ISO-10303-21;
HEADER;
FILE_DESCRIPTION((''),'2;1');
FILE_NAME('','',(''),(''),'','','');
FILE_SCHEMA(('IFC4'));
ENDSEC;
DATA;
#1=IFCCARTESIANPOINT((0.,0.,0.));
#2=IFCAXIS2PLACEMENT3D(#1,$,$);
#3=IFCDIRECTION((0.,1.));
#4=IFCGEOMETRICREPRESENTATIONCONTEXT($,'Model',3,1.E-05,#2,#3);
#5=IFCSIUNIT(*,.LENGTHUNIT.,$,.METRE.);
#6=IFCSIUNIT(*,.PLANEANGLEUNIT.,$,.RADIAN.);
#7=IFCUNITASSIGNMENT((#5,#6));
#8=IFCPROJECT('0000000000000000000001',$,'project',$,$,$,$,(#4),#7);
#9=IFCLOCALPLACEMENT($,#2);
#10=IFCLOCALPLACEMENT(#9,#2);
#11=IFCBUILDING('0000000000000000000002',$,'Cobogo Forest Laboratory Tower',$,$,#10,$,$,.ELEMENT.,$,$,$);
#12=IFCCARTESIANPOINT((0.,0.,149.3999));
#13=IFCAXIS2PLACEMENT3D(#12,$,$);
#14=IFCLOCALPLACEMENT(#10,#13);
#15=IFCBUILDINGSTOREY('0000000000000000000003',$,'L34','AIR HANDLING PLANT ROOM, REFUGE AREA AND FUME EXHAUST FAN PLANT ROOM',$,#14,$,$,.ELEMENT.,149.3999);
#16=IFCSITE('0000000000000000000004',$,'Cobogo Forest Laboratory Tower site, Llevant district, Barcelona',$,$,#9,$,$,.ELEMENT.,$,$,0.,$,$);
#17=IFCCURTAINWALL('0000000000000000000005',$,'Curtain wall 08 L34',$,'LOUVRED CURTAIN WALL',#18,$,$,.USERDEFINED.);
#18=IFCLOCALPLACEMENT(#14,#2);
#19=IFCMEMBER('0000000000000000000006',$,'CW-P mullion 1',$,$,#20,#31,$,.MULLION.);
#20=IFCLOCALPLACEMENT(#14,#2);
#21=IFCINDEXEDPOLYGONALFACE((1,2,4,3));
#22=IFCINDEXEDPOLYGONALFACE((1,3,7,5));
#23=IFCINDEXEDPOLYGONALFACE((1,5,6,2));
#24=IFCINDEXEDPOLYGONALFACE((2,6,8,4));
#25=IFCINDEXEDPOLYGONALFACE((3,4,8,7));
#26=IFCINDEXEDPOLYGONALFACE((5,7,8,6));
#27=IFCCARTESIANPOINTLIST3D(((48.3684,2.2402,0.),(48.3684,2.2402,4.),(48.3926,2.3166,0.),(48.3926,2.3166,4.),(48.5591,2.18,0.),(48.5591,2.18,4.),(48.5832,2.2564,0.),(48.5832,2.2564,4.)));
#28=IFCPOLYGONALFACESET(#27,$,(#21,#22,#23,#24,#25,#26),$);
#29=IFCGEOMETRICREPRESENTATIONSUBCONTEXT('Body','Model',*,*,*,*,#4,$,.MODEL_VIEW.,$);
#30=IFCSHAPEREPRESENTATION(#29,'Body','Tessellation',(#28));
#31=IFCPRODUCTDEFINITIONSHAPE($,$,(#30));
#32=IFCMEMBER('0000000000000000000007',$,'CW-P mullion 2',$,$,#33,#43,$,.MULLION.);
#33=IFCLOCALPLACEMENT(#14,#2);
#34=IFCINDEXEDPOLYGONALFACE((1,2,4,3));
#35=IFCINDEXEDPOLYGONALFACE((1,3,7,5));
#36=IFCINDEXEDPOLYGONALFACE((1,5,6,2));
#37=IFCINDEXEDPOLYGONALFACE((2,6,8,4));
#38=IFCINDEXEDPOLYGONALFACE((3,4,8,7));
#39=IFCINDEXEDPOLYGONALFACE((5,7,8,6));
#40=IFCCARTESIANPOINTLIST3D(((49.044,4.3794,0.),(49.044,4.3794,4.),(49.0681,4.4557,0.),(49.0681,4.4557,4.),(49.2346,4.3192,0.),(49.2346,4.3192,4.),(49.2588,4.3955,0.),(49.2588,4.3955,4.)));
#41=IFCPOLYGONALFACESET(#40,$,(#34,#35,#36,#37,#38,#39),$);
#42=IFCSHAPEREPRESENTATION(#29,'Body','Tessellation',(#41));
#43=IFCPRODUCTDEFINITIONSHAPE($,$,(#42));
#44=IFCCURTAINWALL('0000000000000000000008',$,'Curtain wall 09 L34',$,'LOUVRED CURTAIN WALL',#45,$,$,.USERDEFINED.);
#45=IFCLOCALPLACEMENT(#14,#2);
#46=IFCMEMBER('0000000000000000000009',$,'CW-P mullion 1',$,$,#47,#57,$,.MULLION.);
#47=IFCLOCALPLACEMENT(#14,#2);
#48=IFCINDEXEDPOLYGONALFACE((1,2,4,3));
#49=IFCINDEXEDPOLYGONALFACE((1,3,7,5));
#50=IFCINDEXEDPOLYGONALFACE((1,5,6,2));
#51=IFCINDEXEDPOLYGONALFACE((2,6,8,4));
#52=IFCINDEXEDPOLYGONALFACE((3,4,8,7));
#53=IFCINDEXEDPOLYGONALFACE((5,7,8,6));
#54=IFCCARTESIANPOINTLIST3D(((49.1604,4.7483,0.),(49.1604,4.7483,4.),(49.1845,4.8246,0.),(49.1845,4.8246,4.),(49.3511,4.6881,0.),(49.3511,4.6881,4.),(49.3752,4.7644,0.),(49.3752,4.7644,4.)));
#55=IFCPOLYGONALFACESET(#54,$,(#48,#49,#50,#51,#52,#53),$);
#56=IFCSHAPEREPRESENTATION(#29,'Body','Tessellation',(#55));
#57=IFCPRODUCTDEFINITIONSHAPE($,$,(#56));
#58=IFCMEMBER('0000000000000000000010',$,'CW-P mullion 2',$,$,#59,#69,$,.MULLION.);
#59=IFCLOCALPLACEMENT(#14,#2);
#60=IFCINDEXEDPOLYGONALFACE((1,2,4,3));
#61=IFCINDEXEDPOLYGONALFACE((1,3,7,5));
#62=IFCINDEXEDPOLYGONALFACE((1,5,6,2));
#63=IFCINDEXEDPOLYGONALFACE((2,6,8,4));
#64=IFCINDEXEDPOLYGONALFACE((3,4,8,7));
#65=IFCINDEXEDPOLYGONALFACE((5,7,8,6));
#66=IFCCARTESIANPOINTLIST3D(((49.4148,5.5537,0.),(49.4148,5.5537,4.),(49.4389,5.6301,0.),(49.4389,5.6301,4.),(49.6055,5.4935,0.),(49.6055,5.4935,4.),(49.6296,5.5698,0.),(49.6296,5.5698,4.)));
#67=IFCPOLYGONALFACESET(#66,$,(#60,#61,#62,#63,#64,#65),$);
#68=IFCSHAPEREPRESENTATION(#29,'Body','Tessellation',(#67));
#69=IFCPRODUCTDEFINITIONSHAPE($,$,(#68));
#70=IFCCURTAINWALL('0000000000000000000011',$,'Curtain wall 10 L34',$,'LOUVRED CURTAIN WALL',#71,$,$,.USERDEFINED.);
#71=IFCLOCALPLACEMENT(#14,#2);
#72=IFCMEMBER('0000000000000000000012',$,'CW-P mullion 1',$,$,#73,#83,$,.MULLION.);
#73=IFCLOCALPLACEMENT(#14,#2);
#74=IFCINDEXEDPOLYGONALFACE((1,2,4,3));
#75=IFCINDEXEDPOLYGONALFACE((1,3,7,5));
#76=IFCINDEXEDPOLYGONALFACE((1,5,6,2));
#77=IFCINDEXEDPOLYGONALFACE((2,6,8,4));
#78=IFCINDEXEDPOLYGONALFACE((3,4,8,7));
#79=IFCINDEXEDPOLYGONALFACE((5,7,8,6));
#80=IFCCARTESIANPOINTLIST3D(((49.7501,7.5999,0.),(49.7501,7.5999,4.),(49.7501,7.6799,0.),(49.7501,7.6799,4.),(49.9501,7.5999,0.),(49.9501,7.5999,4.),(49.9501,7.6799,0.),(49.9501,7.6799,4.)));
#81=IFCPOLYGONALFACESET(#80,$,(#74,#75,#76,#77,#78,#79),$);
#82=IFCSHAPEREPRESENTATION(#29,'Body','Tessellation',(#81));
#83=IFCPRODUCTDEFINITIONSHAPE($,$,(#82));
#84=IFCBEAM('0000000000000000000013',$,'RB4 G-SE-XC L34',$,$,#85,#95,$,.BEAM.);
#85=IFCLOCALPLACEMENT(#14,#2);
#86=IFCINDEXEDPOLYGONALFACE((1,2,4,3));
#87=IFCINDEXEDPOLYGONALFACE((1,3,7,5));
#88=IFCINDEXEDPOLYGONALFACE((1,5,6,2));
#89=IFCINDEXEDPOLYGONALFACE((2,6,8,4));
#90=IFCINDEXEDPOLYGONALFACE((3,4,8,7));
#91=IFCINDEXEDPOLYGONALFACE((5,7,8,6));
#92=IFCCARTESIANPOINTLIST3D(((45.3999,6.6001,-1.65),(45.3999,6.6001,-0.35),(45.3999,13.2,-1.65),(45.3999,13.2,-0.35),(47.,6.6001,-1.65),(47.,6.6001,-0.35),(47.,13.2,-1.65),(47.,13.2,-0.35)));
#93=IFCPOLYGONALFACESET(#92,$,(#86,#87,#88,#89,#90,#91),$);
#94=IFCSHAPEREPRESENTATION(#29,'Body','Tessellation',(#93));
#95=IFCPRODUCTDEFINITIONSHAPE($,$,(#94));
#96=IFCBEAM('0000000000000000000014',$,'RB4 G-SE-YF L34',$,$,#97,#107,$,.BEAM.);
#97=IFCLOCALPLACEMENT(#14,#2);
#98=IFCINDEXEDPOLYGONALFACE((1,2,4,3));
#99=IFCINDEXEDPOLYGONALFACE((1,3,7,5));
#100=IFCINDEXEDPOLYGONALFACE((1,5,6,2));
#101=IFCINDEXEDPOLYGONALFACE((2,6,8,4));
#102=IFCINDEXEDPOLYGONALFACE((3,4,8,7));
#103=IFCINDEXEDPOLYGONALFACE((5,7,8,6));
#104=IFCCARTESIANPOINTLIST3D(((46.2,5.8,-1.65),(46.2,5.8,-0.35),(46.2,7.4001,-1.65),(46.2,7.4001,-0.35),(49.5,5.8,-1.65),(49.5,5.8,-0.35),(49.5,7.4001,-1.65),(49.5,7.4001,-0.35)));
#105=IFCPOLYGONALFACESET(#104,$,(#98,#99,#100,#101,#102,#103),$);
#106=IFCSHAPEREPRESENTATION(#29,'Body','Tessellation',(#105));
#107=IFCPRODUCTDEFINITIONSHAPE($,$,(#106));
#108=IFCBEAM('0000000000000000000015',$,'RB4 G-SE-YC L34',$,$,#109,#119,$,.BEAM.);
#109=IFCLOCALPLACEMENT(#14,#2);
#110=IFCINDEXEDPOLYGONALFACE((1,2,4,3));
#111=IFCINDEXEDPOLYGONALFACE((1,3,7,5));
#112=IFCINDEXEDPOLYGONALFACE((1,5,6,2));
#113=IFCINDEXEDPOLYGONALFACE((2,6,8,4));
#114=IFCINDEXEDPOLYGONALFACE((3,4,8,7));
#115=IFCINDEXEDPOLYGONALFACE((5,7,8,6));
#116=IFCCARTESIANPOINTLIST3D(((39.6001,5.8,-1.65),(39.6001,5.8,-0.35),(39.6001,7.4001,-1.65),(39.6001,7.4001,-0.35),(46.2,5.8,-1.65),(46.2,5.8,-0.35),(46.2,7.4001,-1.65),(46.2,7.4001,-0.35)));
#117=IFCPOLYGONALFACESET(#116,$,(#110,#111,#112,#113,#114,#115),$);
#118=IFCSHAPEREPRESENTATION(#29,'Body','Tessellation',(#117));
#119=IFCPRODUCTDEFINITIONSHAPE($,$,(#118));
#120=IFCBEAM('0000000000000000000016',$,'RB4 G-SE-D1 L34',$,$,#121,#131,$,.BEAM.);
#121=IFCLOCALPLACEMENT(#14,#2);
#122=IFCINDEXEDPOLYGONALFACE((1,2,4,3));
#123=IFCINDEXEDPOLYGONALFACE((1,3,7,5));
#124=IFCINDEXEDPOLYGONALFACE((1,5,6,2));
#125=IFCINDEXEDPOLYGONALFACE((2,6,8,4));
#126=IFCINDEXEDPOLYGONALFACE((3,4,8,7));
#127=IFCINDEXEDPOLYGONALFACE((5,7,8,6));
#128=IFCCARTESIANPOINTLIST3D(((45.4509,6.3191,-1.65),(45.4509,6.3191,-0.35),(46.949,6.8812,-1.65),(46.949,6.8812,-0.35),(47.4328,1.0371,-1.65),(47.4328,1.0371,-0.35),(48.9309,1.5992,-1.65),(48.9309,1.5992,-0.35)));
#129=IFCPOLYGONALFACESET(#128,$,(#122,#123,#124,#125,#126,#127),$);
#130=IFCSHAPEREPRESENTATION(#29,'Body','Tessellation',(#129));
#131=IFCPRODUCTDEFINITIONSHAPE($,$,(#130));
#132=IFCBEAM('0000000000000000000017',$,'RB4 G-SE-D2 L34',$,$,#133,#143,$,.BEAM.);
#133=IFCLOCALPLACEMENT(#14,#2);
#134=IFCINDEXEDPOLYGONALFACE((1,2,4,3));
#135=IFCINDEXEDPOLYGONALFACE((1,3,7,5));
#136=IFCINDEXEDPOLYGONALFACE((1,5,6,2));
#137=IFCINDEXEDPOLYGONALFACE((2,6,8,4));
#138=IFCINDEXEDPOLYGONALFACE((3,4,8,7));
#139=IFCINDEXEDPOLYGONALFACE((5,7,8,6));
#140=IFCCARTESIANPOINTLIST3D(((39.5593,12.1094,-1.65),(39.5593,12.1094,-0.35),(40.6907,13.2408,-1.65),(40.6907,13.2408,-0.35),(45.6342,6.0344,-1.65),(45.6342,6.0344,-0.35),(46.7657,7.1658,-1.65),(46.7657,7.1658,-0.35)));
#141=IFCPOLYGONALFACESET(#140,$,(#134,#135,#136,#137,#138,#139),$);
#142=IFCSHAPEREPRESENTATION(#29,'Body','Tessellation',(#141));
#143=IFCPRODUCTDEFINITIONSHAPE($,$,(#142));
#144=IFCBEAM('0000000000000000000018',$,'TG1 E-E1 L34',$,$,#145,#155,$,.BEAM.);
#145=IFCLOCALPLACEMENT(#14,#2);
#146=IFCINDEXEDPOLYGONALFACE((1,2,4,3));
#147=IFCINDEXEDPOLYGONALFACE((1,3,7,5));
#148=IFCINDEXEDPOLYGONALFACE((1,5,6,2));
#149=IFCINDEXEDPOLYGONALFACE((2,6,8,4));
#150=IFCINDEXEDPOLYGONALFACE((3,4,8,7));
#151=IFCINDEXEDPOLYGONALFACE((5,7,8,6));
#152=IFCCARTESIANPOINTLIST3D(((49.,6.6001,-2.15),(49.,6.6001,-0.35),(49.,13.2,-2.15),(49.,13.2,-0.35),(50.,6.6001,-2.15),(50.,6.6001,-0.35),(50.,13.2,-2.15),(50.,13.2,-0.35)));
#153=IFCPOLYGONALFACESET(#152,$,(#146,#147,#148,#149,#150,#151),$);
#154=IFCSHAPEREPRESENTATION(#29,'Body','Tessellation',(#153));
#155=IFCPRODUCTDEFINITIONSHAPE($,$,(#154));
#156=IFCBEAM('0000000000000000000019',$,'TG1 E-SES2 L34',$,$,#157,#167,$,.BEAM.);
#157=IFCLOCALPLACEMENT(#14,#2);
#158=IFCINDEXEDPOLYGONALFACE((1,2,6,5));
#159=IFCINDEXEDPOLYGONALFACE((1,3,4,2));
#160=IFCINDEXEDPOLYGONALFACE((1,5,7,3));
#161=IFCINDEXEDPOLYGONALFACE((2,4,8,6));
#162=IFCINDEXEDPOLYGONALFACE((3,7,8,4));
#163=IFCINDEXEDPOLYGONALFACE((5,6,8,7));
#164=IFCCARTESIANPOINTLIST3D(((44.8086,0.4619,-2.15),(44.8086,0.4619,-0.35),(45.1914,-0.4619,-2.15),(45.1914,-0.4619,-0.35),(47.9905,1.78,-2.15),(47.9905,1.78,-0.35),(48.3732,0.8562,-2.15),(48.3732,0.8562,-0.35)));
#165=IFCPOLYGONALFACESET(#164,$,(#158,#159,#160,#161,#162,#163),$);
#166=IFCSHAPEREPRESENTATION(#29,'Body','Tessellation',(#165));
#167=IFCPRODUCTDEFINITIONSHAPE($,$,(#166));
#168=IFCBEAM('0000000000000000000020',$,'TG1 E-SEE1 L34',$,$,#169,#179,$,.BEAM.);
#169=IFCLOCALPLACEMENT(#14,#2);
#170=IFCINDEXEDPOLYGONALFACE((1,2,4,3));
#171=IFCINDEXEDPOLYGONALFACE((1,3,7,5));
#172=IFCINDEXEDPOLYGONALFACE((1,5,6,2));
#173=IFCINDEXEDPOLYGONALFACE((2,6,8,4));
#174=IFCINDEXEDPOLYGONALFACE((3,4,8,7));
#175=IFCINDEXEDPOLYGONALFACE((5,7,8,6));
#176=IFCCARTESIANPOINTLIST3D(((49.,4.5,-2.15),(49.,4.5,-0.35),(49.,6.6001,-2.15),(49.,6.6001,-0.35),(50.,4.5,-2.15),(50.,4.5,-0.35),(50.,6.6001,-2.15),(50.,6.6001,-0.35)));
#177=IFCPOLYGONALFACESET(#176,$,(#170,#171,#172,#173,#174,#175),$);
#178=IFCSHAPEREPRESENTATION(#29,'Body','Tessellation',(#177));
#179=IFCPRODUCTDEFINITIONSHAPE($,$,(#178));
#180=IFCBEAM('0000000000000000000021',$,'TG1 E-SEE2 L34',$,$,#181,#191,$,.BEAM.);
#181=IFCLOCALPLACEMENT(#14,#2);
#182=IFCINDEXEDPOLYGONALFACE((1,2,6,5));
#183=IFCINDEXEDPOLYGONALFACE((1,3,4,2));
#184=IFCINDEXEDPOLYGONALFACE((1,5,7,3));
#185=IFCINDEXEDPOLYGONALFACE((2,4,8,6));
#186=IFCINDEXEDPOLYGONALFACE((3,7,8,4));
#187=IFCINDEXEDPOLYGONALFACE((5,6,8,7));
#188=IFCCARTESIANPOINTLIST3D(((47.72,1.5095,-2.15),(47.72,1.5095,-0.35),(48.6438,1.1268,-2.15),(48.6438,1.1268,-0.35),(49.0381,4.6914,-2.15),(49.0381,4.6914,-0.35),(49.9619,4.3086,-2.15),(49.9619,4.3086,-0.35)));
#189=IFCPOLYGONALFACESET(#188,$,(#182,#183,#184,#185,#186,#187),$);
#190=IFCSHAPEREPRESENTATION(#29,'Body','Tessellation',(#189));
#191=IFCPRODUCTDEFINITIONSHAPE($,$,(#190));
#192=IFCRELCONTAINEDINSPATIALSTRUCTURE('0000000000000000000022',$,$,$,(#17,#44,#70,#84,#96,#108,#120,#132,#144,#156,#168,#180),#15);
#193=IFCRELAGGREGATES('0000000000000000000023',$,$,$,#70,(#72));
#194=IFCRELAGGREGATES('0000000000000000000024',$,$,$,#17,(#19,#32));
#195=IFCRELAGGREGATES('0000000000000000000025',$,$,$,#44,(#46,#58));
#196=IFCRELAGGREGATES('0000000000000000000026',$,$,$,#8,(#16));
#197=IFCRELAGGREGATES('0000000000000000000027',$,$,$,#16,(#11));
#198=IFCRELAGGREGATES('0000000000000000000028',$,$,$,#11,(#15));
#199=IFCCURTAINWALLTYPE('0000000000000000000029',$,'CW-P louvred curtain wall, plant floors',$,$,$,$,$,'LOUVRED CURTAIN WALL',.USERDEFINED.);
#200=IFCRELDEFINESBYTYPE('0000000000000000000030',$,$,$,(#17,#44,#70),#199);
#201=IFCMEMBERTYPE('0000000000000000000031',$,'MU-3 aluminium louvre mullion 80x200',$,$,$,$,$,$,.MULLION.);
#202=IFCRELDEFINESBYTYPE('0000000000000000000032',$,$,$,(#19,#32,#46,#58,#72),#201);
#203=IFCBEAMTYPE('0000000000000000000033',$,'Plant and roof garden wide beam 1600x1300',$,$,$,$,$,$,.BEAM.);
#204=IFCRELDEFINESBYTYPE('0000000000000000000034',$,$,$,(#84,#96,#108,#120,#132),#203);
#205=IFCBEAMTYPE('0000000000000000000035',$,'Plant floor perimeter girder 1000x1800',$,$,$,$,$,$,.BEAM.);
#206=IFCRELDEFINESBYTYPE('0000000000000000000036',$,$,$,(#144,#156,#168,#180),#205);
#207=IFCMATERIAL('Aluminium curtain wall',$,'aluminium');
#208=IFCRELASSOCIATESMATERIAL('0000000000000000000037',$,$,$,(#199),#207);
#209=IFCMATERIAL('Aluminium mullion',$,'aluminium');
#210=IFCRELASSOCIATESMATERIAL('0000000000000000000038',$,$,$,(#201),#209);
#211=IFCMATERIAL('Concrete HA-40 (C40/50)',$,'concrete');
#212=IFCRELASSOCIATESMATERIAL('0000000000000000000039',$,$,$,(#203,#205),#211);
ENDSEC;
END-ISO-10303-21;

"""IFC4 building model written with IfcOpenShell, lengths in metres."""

from ifc_helpers import new_model, si_unit, direction, frame, origin, origin_2d, place, context, subcontext, project, spatial, rectangle, extrude, material, material_profile, profile_set, type_object, element, aggregate, save


model = new_model("IFC4")

# Units and contexts
model_context = context("Model", 3, precision=1e-05, world=origin(), true_north=direction((0.0, 1.0)))
body_context = subcontext(model_context, "Body", "Model", "MODEL_VIEW")
ifc_project = project(units=[si_unit("LENGTHUNIT", "METRE"), si_unit("PLANEANGLEUNIT", "RADIAN")], contexts=[model_context])

# Site, building, storey
site_placement = place(None, origin())
site = spatial("IfcSite", under=ifc_project, at=site_placement, Name="Cobogo Forest Laboratory Tower site, Llevant district, Barcelona", CompositionType="ELEMENT", RefElevation=0.0)
building_placement = place(site_placement, origin())
building = spatial("IfcBuilding", under=site, at=building_placement, Name="Cobogo Forest Laboratory Tower", CompositionType="ELEMENT")
storey_placement = place(building_placement, frame((0.0, 0.0, 149.3999)))
storey = spatial("IfcBuildingStorey", under=building, at=storey_placement, Name="L34", Description="AIR HANDLING PLANT ROOM, REFUGE AREA AND FUME EXHAUST FAN PLANT ROOM", CompositionType="ELEMENT", Elevation=149.3999)

# Curtain walls, members
ifc_material_1 = material(Name="Aluminium curtain wall", Category="aluminium")
curtain_wall_type = type_object("IfcCurtainWallType", Name="CW-P louvred curtain wall, plant floors", ElementType="LOUVRED CURTAIN WALL", PredefinedType="USERDEFINED", material=ifc_material_1)
ifc_material_2 = material(Name="Aluminium mullion", Category="aluminium")
ifc_material_profile_1 = material_profile(ifc_material_2, rectangle(XDim=0.0801, YDim=0.2, at=origin_2d()), Name="AL 80x200")
ifc_profile_set_1 = profile_set([ifc_material_profile_1], Name="Aluminium mullion")
member_type_1 = type_object("IfcMemberType", Name="MU-3 aluminium louvre mullion 80x200", PredefinedType="MULLION", material=ifc_profile_set_1)
curtain_wall_1_placement = place(storey_placement, origin())
curtain_wall_1 = element("IfcCurtainWall", 1, at=curtain_wall_1_placement, inside=storey, type_object=curtain_wall_type, Name="Curtain wall 08 L34", ObjectType="LOUVRED CURTAIN WALL", PredefinedType="USERDEFINED")
member_1_placement = place(storey_placement, frame((48.4758, 2.2483, 0.0), z_axis=(0.0, 0.0, 1.0), x_axis=(0.301135, 0.953581, 0.0)))
member_1 = element("IfcMember", 2, at=member_1_placement, type_object=member_type_1, Name="CW-P mullion 1", PredefinedType="MULLION", context=body_context, shape_type="SweptSolid", body=[
    extrude(rectangle(XDim=0.0801, YDim=0.2, at=origin_2d()), origin(), (0.0, 0.0, 1.0), 4.0),
])
member_2_placement = place(storey_placement, frame((49.1514, 4.3875, 0.0), z_axis=(0.0, 0.0, 1.0), x_axis=(0.301135, 0.953581, 0.0)))
member_2 = element("IfcMember", 3, at=member_2_placement, type_object=member_type_1, Name="CW-P mullion 2", PredefinedType="MULLION", context=body_context, shape_type="SweptSolid", body=[
    extrude(rectangle(XDim=0.0801, YDim=0.2, at=origin_2d()), origin(), (0.0, 0.0, 1.0), 4.0),
])
curtain_wall_2_placement = place(storey_placement, origin())
curtain_wall_2 = element("IfcCurtainWall", 4, at=curtain_wall_2_placement, inside=storey, type_object=curtain_wall_type, Name="Curtain wall 09 L34", ObjectType="LOUVRED CURTAIN WALL", PredefinedType="USERDEFINED")
member_3_placement = place(storey_placement, frame((49.2678, 4.7563, 0.0), z_axis=(0.0, 0.0, 1.0), x_axis=(0.301135, 0.953581, 0.0)))
member_3 = element("IfcMember", 5, at=member_3_placement, type_object=member_type_1, Name="CW-P mullion 1", PredefinedType="MULLION", context=body_context, shape_type="SweptSolid", body=[
    extrude(rectangle(XDim=0.0801, YDim=0.2, at=origin_2d()), origin(), (0.0, 0.0, 1.0), 4.0),
])
member_4_placement = place(storey_placement, frame((49.5222, 5.5618, 0.0), z_axis=(0.0, 0.0, 1.0), x_axis=(0.301135, 0.953581, 0.0)))
member_4 = element("IfcMember", 6, at=member_4_placement, type_object=member_type_1, Name="CW-P mullion 2", PredefinedType="MULLION", context=body_context, shape_type="SweptSolid", body=[
    extrude(rectangle(XDim=0.0801, YDim=0.2, at=origin_2d()), origin(), (0.0, 0.0, 1.0), 4.0),
])

# Curtain wall, member
curtain_wall_3_placement = place(storey_placement, origin())
curtain_wall_3 = element("IfcCurtainWall", 7, at=curtain_wall_3_placement, inside=storey, type_object=curtain_wall_type, Name="Curtain wall 10 L34", ObjectType="LOUVRED CURTAIN WALL", PredefinedType="USERDEFINED")
member_5_placement = place(storey_placement, frame((49.8501, 7.6399, 0.0), z_axis=(0.0, 0.0, 1.0), x_axis=(0.0, 1.0, 0.0)))
member_5 = element("IfcMember", 8, at=member_5_placement, type_object=member_type_1, Name="CW-P mullion 1", PredefinedType="MULLION", context=body_context, shape_type="SweptSolid", body=[
    extrude(rectangle(XDim=0.0801, YDim=0.2, at=origin_2d()), origin(), (0.0, 0.0, 1.0), 4.0),
])
aggregate(curtain_wall_3, [member_5])

# Beams
ifc_material_3 = material(Name="Concrete HA-40 (C40/50)", Category="concrete")
ifc_material_profile_2 = material_profile(ifc_material_3, rectangle(XDim=1.6001, YDim=1.3, at=origin_2d()), Name="RC 1600x1300")
ifc_profile_set_2 = profile_set([ifc_material_profile_2], Name="Concrete HA-40 (C40/50)")
beam_type_1 = type_object("IfcBeamType", Name="Plant and roof garden wide beam 1600x1300", PredefinedType="BEAM", material=ifc_profile_set_2)
beam_1_placement = place(storey_placement, frame((46.2, 6.6001, -1.0), z_axis=(0.0, 1.0, 0.0), x_axis=(-1.0, 0.0, 0.0)))
element("IfcBeam", 9, at=beam_1_placement, inside=storey, type_object=beam_type_1, Name="RB4 G-SE-XC L34", PredefinedType="BEAM", context=body_context, shape_type="SweptSolid", body=[
    extrude(rectangle(XDim=1.6001, YDim=1.3, at=origin_2d()), origin(), (0.0, 0.0, 1.0), 6.5999),
])
beam_2_placement = place(storey_placement, frame((49.5, 6.6001, -1.0), z_axis=(-1.0, 0.0, 0.0), x_axis=(0.0, -1.0, 0.0)))
element("IfcBeam", 10, at=beam_2_placement, inside=storey, type_object=beam_type_1, Name="RB4 G-SE-YF L34", PredefinedType="BEAM", context=body_context, shape_type="SweptSolid", body=[
    extrude(rectangle(XDim=1.6001, YDim=1.3, at=origin_2d()), origin(), (0.0, 0.0, 1.0), 3.3),
])
beam_3_placement = place(storey_placement, frame((46.2, 6.6001, -1.0), z_axis=(-1.0, 0.0, 0.0), x_axis=(0.0, -1.0, 0.0)))
element("IfcBeam", 11, at=beam_3_placement, inside=storey, type_object=beam_type_1, Name="RB4 G-SE-YC L34", PredefinedType="BEAM", context=body_context, shape_type="SweptSolid", body=[
    extrude(rectangle(XDim=1.6001, YDim=1.3, at=origin_2d()), origin(), (0.0, 0.0, 1.0), 6.5999),
])
beam_4_placement = place(storey_placement, frame((48.1819, 1.3181, -1.0), z_axis=(-0.351308, 0.93626, 0.0), x_axis=(-0.93626, -0.351308, 0.0)))
element("IfcBeam", 12, at=beam_4_placement, inside=storey, type_object=beam_type_1, Name="RB4 G-SE-D1 L34", PredefinedType="BEAM", context=body_context, shape_type="SweptSolid", body=[
    extrude(rectangle(XDim=1.6001, YDim=1.3, at=origin_2d()), origin(), (0.0, 0.0, 1.0), 5.6416),
])
beam_5_placement = place(storey_placement, frame((46.2, 6.6001, -1.0), z_axis=(-0.707107, 0.707107, 0.0), x_axis=(-0.707107, -0.707107, 0.0)))
element("IfcBeam", 13, at=beam_5_placement, inside=storey, type_object=beam_type_1, Name="RB4 G-SE-D2 L34", PredefinedType="BEAM", context=body_context, shape_type="SweptSolid", body=[
    extrude(rectangle(XDim=1.6001, YDim=1.3, at=origin_2d()), origin(), (0.0, 0.0, 1.0), 8.5913),
])
ifc_material_profile_3 = material_profile(ifc_material_3, rectangle(XDim=1.0, YDim=1.8, at=origin_2d()), Name="RC 1000x1800")
ifc_profile_set_3 = profile_set([ifc_material_profile_3], Name="Concrete HA-40 (C40/50)")
beam_type_2 = type_object("IfcBeamType", Name="Plant floor perimeter girder 1000x1800", PredefinedType="BEAM", material=ifc_profile_set_3)
beam_6_placement = place(storey_placement, frame((49.5, 6.6001, -1.25), z_axis=(0.0, 1.0, 0.0), x_axis=(-1.0, 0.0, 0.0)))
element("IfcBeam", 14, at=beam_6_placement, inside=storey, type_object=beam_type_2, Name="TG1 E-E1 L34", PredefinedType="BEAM", context=body_context, shape_type="SweptSolid", body=[
    extrude(rectangle(XDim=1.0, YDim=1.8, at=origin_2d()), origin(), (0.0, 0.0, 1.0), 6.5999),
])
beam_7_placement = place(storey_placement, frame((45.0, 0.0, -1.25), z_axis=(0.923866, 0.382717, 0.0), x_axis=(-0.382717, 0.923866, 0.0)))
element("IfcBeam", 15, at=beam_7_placement, inside=storey, type_object=beam_type_2, Name="TG1 E-SES2 L34", PredefinedType="BEAM", context=body_context, shape_type="SweptSolid", body=[
    extrude(rectangle(XDim=1.0, YDim=1.8, at=origin_2d()), origin(), (0.0, 0.0, 1.0), 3.4441),
])
beam_8_placement = place(storey_placement, frame((49.5, 6.6001, -1.25), z_axis=(0.0, -1.0, 0.0), x_axis=(1.0, 0.0, 0.0)))
element("IfcBeam", 16, at=beam_8_placement, inside=storey, type_object=beam_type_2, Name="TG1 E-SEE1 L34", PredefinedType="BEAM", context=body_context, shape_type="SweptSolid", body=[
    extrude(rectangle(XDim=1.0, YDim=1.8, at=origin_2d()), origin(), (0.0, 0.0, 1.0), 2.1001),
])
beam_9_placement = place(storey_placement, frame((49.5, 4.5, -1.25), z_axis=(-0.382717, -0.923866, 0.0), x_axis=(0.923866, -0.382717, 0.0)))
element("IfcBeam", 17, at=beam_9_placement, inside=storey, type_object=beam_type_2, Name="TG1 E-SEE2 L34", PredefinedType="BEAM", context=body_context, shape_type="SweptSolid", body=[
    extrude(rectangle(XDim=1.0, YDim=1.8, at=origin_2d()), origin(), (0.0, 0.0, 1.0), 3.4441),
])

aggregate(curtain_wall_1, [member_1, member_2])
aggregate(curtain_wall_2, [member_3, member_4])

save(model, "model.ifc")
